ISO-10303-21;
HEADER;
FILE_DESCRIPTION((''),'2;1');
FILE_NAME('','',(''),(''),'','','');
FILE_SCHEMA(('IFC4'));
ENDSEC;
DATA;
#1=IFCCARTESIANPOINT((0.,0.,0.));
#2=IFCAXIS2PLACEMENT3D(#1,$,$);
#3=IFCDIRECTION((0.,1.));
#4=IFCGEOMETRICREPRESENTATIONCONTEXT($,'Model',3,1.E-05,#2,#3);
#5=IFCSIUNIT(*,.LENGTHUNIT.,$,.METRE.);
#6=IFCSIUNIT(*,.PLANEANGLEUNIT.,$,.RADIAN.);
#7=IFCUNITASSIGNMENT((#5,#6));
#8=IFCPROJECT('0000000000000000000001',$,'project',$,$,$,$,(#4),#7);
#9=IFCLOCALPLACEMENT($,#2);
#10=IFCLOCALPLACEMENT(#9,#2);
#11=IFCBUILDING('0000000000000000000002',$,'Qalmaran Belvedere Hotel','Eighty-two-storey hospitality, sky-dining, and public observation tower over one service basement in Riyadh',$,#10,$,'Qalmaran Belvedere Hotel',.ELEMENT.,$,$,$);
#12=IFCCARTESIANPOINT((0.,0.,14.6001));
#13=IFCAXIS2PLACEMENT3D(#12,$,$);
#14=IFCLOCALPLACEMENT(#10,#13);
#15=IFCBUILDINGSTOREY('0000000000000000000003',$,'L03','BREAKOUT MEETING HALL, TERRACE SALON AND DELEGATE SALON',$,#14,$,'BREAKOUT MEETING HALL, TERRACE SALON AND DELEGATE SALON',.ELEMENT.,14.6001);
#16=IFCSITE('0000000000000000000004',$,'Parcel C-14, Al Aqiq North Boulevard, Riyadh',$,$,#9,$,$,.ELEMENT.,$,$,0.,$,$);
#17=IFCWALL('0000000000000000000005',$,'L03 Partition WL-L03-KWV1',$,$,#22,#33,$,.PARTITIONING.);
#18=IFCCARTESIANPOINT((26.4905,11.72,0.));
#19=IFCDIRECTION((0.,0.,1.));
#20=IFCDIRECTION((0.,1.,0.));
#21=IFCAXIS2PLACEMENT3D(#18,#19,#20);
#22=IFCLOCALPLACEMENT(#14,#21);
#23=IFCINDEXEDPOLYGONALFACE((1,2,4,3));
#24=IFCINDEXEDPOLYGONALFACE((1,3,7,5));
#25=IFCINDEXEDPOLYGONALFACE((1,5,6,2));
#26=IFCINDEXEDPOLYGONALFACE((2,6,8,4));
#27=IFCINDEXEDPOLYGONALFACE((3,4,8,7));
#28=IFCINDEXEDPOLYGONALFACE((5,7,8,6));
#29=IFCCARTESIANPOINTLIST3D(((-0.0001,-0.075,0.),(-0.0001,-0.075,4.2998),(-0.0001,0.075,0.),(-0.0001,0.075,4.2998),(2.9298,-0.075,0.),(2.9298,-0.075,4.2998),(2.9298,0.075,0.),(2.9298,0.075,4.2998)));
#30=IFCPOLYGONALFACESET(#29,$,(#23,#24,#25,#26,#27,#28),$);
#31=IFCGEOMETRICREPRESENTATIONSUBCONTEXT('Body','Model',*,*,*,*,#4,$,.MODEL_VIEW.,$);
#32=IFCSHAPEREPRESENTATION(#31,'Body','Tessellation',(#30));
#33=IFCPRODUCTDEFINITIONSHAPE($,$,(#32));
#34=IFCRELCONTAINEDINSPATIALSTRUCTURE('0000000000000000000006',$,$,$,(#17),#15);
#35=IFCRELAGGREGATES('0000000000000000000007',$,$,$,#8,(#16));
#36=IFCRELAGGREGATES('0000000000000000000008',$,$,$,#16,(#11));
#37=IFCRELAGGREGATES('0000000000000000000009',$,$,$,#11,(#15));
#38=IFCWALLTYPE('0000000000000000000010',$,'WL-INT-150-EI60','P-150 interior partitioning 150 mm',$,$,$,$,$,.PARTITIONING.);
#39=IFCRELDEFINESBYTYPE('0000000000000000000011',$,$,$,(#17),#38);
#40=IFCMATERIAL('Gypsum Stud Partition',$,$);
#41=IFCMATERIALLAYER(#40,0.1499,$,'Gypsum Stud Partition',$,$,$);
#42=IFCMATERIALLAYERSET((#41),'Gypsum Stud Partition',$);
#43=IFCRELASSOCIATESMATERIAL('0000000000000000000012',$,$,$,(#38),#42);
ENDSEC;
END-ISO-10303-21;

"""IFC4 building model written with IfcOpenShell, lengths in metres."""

from ifc_helpers import new_model, si_unit, direction, frame, frame_2d, origin, place, context, subcontext, project, spatial, rectangle, extrude, material, layer, layer_set, type_object, element, save


model = new_model("IFC4")

# Units and contexts
model_context = context("Model", 3, precision=1e-05, world=origin(), true_north=direction((0.0, 1.0)))
body_context = subcontext(model_context, "Body", "Model", "MODEL_VIEW")
ifc_project = project(units=[si_unit("LENGTHUNIT", "METRE"), si_unit("PLANEANGLEUNIT", "RADIAN")], contexts=[model_context])

# Site, building, storey
site_placement = place(None, origin())
site = spatial("IfcSite", under=ifc_project, at=site_placement, Name="Parcel C-14, Al Aqiq North Boulevard, Riyadh", CompositionType="ELEMENT", RefElevation=0.0)
building_placement = place(site_placement, origin())
building = spatial("IfcBuilding", under=site, at=building_placement, Name="Qalmaran Belvedere Hotel", Description="Eighty-two-storey hospitality, sky-dining, and public observation tower over one service basement in Riyadh", LongName="Qalmaran Belvedere Hotel", CompositionType="ELEMENT")
storey_placement = place(building_placement, frame((0.0, 0.0, 14.6001)))
storey = spatial("IfcBuildingStorey", under=building, at=storey_placement, Name="L03", Description="BREAKOUT MEETING HALL, TERRACE SALON AND DELEGATE SALON", LongName="BREAKOUT MEETING HALL, TERRACE SALON AND DELEGATE SALON", CompositionType="ELEMENT", Elevation=14.6001)

# Wall
ifc_material_1 = material(Name="Gypsum Stud Partition")
ifc_layer_1 = layer(ifc_material_1, 0.1499, Name="Gypsum Stud Partition")
ifc_layer_set_1 = layer_set([ifc_layer_1], Name="Gypsum Stud Partition")
wall_type_1 = type_object("IfcWallType", Name="WL-INT-150-EI60", Description="P-150 interior partitioning 150 mm", PredefinedType="PARTITIONING", material=ifc_layer_set_1)
wall_1_placement = place(storey_placement, frame((26.4905, 11.72, 0.0), z_axis=(0.0, 0.0, 1.0), x_axis=(0.0, 1.0, 0.0)))
element("IfcWall", 1, at=wall_1_placement, inside=storey, type_object=wall_type_1, Name="L03 Partition WL-L03-KWV1", PredefinedType="PARTITIONING", context=body_context, shape_type="SweptSolid", body=[
    extrude(rectangle(XDim=2.9299, YDim=0.1499, at=frame_2d((1.4648, 0.0))), origin(), (0.0, 0.0, 1.0), 4.2998),
])

save(model, "model.ifc")
